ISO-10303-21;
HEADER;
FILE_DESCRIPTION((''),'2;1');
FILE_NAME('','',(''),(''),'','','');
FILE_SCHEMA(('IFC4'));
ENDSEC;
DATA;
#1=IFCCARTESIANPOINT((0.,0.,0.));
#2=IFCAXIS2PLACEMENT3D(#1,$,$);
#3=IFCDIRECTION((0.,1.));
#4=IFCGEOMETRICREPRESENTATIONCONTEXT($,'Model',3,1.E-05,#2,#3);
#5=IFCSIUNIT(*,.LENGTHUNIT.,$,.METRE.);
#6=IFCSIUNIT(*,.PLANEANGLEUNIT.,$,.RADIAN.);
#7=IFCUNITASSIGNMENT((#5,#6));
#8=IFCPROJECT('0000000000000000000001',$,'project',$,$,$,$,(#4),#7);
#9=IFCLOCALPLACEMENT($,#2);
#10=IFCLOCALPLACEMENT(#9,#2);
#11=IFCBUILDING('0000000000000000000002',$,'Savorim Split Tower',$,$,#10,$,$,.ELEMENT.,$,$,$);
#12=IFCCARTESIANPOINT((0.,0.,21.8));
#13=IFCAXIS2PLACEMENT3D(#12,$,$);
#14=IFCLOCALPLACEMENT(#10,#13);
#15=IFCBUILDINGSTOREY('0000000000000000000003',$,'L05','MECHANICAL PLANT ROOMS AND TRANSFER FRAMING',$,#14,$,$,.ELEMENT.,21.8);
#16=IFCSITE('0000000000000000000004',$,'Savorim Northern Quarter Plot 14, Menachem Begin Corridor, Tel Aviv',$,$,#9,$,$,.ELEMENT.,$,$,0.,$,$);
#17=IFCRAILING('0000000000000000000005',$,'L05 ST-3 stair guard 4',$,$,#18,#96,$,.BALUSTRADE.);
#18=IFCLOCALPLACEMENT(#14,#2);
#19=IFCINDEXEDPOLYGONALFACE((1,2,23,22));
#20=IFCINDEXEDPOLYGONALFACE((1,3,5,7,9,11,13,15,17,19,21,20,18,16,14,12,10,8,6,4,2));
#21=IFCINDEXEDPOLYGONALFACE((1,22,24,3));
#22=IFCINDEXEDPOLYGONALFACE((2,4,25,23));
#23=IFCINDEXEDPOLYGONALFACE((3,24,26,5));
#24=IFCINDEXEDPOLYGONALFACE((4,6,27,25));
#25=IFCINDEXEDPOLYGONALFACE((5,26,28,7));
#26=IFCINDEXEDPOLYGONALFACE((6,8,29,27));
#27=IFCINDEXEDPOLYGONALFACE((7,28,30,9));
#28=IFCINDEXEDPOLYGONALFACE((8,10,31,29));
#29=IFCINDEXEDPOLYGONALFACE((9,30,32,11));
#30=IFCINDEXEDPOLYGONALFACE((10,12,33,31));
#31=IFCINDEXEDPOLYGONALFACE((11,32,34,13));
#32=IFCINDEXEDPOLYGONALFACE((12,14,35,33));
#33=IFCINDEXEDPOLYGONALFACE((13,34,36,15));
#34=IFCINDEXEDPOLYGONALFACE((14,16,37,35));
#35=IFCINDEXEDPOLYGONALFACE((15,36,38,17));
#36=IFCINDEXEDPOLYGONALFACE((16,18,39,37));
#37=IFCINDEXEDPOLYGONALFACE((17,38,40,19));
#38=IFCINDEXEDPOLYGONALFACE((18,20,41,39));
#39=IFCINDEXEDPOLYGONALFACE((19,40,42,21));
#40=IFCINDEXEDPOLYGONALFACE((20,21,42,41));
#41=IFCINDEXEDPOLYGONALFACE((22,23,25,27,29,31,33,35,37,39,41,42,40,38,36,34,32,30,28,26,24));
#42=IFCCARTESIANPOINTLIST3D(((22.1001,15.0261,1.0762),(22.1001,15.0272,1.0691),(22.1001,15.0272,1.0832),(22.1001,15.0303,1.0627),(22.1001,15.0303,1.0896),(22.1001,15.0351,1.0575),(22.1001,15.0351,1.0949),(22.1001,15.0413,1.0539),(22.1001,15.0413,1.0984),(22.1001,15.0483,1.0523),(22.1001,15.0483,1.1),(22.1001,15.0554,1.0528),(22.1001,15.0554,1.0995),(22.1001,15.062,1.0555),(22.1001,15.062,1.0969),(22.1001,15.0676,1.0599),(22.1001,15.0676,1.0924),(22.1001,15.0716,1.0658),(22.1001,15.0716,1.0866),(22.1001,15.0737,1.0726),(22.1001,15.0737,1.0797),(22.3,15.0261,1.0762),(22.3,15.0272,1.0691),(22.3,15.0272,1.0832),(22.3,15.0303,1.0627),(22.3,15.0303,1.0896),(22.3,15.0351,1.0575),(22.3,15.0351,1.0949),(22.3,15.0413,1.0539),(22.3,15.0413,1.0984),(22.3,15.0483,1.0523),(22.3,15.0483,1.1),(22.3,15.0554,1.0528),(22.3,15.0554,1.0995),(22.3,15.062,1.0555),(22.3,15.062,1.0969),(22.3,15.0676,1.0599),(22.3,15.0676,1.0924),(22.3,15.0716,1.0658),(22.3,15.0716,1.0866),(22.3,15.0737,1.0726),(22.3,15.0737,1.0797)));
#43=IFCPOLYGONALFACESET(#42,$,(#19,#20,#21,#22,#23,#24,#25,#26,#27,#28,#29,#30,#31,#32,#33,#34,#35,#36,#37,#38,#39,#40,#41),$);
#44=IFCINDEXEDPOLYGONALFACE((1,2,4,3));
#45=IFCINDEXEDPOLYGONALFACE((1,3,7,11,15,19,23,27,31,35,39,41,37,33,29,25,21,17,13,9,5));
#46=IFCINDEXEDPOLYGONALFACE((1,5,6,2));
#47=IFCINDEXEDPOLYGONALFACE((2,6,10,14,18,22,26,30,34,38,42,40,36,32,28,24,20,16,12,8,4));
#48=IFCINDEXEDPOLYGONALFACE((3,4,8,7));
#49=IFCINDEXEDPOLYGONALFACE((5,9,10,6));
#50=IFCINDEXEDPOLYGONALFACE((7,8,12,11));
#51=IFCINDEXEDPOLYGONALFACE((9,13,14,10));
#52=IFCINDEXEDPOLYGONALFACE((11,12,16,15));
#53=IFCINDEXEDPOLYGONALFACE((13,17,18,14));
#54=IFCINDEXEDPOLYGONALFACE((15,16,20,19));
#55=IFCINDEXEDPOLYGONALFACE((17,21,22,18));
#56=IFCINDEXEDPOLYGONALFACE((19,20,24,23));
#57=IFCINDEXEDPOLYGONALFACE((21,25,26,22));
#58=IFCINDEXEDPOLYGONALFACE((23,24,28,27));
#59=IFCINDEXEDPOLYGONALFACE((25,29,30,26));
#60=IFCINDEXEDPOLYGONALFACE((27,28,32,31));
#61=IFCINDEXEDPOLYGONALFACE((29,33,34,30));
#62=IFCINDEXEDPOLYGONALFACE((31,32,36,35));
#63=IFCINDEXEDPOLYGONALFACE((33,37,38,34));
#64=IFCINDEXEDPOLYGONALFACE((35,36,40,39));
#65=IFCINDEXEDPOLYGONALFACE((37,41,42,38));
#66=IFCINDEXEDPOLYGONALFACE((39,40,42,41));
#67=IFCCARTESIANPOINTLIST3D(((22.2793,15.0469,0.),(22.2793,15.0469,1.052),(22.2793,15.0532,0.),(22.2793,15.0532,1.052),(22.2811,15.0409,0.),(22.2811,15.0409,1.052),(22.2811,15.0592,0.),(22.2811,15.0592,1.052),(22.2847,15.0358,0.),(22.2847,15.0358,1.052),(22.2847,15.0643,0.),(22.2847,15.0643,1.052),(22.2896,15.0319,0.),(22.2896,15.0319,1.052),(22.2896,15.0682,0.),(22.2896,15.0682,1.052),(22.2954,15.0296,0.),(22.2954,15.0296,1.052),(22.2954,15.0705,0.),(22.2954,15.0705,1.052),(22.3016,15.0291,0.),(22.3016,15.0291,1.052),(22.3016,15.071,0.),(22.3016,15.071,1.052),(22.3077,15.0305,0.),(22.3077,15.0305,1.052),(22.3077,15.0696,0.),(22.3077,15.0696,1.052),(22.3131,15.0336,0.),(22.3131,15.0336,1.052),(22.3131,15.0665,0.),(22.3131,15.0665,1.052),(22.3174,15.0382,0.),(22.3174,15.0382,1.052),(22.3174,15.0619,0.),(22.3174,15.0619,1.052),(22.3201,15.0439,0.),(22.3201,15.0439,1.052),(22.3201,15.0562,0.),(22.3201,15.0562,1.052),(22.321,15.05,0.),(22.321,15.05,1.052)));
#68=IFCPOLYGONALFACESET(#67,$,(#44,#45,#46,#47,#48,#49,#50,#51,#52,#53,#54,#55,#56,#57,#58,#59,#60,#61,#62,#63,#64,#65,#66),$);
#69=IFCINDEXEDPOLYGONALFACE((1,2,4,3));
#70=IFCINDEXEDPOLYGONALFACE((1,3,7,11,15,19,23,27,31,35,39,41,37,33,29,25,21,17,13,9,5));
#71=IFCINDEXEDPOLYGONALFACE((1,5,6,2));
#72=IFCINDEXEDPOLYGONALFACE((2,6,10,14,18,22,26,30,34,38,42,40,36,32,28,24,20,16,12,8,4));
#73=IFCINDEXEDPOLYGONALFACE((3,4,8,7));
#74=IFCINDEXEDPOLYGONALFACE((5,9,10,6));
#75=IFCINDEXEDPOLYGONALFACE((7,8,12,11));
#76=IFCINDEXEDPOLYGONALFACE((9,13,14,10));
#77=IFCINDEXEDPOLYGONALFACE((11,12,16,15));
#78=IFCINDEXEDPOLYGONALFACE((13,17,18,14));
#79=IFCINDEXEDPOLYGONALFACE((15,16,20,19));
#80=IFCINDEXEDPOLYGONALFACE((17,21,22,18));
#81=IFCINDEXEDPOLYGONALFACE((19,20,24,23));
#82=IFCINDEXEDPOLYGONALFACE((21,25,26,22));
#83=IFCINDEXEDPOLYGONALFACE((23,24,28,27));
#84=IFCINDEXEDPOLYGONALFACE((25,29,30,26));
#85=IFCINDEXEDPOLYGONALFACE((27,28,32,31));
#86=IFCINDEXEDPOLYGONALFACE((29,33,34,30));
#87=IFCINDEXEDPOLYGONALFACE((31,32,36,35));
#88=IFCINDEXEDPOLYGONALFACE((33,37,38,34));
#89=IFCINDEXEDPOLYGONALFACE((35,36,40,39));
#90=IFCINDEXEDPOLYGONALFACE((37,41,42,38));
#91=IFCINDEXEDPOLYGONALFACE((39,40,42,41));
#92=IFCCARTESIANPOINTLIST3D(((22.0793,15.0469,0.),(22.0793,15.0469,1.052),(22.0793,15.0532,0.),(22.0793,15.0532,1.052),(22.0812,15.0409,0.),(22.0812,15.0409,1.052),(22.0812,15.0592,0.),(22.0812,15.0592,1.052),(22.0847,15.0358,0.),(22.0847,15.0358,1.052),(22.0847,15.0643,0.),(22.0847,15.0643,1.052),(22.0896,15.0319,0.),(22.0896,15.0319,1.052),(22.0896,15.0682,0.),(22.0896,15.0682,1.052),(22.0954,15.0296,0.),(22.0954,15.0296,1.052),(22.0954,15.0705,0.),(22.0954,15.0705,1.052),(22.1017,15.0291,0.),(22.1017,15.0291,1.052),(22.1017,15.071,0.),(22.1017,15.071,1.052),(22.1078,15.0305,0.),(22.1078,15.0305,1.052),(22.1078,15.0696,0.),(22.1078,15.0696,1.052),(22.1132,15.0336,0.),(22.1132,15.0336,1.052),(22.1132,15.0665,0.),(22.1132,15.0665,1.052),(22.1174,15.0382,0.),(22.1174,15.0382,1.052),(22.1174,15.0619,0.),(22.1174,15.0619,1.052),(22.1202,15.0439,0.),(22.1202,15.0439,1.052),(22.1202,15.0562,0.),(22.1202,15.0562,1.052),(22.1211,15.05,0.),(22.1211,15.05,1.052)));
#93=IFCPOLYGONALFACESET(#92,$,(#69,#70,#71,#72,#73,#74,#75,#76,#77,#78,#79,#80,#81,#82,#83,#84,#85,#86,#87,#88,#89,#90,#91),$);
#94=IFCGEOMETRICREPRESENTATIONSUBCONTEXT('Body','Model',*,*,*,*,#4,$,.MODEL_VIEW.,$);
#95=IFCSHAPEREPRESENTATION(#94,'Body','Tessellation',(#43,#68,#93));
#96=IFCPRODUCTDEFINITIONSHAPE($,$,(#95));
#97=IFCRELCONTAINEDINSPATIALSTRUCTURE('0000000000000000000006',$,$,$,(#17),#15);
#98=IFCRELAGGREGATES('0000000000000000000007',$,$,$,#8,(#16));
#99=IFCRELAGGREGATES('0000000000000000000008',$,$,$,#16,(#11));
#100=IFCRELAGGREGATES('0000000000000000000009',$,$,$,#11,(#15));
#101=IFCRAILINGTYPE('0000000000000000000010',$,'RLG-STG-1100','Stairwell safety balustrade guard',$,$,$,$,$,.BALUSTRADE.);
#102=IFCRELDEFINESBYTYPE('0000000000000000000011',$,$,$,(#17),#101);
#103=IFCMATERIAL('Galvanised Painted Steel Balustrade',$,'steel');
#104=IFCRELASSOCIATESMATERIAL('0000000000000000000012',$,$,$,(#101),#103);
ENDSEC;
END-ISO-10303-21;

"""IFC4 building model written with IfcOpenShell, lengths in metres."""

from ifc_helpers import new_model, si_unit, direction, frame, origin, origin_2d, place, context, subcontext, project, spatial, circle, extrude, material, type_object, element, save


model = new_model("IFC4")

# Units and contexts
model_context = context("Model", 3, precision=1e-05, world=origin(), true_north=direction((0.0, 1.0)))
body_context = subcontext(model_context, "Body", "Model", "MODEL_VIEW")
ifc_project = project(units=[si_unit("LENGTHUNIT", "METRE"), si_unit("PLANEANGLEUNIT", "RADIAN")], contexts=[model_context])

# Site, building, storey
site_placement = place(None, origin())
site = spatial("IfcSite", under=ifc_project, at=site_placement, Name="Savorim Northern Quarter Plot 14, Menachem Begin Corridor, Tel Aviv", CompositionType="ELEMENT", RefElevation=0.0)
building_placement = place(site_placement, origin())
building = spatial("IfcBuilding", under=site, at=building_placement, Name="Savorim Split Tower", CompositionType="ELEMENT")
storey_placement = place(building_placement, frame((0.0, 0.0, 21.8)))
storey = spatial("IfcBuildingStorey", under=building, at=storey_placement, Name="L05", Description="MECHANICAL PLANT ROOMS AND TRANSFER FRAMING", CompositionType="ELEMENT", Elevation=21.8)

# Railing
ifc_material_1 = material(Name="Galvanised Painted Steel Balustrade", Category="steel")
railing_type_1 = type_object("IfcRailingType", Name="RLG-STG-1100", Description="Stairwell safety balustrade guard", PredefinedType="BALUSTRADE", material=ifc_material_1)
railing_1_placement = place(storey_placement, frame((22.3, 15.05, 0.0)))
element("IfcRailing", 1, at=railing_1_placement, inside=storey, type_object=railing_type_1, Name="L05 ST-3 stair guard 4", PredefinedType="BALUSTRADE", context=body_context, shape_type="SweptSolid", body=[
    extrude(circle(Radius=0.0239, at=origin_2d()), frame((0.0, 0.0, 1.0762), z_axis=(-1.0, 0.0, 0.0), x_axis=(0.0, -1.0, 0.0)), (0.0, 0.0, 1.0), 0.2),
    extrude(circle(Radius=0.021, at=origin_2d()), origin(), (0.0, 0.0, 1.0), 1.052),
    extrude(circle(Radius=0.021, at=origin_2d()), frame((-0.2, 0.0, 0.0)), (0.0, 0.0, 1.0), 1.052),
])

save(model, "model.ifc")
